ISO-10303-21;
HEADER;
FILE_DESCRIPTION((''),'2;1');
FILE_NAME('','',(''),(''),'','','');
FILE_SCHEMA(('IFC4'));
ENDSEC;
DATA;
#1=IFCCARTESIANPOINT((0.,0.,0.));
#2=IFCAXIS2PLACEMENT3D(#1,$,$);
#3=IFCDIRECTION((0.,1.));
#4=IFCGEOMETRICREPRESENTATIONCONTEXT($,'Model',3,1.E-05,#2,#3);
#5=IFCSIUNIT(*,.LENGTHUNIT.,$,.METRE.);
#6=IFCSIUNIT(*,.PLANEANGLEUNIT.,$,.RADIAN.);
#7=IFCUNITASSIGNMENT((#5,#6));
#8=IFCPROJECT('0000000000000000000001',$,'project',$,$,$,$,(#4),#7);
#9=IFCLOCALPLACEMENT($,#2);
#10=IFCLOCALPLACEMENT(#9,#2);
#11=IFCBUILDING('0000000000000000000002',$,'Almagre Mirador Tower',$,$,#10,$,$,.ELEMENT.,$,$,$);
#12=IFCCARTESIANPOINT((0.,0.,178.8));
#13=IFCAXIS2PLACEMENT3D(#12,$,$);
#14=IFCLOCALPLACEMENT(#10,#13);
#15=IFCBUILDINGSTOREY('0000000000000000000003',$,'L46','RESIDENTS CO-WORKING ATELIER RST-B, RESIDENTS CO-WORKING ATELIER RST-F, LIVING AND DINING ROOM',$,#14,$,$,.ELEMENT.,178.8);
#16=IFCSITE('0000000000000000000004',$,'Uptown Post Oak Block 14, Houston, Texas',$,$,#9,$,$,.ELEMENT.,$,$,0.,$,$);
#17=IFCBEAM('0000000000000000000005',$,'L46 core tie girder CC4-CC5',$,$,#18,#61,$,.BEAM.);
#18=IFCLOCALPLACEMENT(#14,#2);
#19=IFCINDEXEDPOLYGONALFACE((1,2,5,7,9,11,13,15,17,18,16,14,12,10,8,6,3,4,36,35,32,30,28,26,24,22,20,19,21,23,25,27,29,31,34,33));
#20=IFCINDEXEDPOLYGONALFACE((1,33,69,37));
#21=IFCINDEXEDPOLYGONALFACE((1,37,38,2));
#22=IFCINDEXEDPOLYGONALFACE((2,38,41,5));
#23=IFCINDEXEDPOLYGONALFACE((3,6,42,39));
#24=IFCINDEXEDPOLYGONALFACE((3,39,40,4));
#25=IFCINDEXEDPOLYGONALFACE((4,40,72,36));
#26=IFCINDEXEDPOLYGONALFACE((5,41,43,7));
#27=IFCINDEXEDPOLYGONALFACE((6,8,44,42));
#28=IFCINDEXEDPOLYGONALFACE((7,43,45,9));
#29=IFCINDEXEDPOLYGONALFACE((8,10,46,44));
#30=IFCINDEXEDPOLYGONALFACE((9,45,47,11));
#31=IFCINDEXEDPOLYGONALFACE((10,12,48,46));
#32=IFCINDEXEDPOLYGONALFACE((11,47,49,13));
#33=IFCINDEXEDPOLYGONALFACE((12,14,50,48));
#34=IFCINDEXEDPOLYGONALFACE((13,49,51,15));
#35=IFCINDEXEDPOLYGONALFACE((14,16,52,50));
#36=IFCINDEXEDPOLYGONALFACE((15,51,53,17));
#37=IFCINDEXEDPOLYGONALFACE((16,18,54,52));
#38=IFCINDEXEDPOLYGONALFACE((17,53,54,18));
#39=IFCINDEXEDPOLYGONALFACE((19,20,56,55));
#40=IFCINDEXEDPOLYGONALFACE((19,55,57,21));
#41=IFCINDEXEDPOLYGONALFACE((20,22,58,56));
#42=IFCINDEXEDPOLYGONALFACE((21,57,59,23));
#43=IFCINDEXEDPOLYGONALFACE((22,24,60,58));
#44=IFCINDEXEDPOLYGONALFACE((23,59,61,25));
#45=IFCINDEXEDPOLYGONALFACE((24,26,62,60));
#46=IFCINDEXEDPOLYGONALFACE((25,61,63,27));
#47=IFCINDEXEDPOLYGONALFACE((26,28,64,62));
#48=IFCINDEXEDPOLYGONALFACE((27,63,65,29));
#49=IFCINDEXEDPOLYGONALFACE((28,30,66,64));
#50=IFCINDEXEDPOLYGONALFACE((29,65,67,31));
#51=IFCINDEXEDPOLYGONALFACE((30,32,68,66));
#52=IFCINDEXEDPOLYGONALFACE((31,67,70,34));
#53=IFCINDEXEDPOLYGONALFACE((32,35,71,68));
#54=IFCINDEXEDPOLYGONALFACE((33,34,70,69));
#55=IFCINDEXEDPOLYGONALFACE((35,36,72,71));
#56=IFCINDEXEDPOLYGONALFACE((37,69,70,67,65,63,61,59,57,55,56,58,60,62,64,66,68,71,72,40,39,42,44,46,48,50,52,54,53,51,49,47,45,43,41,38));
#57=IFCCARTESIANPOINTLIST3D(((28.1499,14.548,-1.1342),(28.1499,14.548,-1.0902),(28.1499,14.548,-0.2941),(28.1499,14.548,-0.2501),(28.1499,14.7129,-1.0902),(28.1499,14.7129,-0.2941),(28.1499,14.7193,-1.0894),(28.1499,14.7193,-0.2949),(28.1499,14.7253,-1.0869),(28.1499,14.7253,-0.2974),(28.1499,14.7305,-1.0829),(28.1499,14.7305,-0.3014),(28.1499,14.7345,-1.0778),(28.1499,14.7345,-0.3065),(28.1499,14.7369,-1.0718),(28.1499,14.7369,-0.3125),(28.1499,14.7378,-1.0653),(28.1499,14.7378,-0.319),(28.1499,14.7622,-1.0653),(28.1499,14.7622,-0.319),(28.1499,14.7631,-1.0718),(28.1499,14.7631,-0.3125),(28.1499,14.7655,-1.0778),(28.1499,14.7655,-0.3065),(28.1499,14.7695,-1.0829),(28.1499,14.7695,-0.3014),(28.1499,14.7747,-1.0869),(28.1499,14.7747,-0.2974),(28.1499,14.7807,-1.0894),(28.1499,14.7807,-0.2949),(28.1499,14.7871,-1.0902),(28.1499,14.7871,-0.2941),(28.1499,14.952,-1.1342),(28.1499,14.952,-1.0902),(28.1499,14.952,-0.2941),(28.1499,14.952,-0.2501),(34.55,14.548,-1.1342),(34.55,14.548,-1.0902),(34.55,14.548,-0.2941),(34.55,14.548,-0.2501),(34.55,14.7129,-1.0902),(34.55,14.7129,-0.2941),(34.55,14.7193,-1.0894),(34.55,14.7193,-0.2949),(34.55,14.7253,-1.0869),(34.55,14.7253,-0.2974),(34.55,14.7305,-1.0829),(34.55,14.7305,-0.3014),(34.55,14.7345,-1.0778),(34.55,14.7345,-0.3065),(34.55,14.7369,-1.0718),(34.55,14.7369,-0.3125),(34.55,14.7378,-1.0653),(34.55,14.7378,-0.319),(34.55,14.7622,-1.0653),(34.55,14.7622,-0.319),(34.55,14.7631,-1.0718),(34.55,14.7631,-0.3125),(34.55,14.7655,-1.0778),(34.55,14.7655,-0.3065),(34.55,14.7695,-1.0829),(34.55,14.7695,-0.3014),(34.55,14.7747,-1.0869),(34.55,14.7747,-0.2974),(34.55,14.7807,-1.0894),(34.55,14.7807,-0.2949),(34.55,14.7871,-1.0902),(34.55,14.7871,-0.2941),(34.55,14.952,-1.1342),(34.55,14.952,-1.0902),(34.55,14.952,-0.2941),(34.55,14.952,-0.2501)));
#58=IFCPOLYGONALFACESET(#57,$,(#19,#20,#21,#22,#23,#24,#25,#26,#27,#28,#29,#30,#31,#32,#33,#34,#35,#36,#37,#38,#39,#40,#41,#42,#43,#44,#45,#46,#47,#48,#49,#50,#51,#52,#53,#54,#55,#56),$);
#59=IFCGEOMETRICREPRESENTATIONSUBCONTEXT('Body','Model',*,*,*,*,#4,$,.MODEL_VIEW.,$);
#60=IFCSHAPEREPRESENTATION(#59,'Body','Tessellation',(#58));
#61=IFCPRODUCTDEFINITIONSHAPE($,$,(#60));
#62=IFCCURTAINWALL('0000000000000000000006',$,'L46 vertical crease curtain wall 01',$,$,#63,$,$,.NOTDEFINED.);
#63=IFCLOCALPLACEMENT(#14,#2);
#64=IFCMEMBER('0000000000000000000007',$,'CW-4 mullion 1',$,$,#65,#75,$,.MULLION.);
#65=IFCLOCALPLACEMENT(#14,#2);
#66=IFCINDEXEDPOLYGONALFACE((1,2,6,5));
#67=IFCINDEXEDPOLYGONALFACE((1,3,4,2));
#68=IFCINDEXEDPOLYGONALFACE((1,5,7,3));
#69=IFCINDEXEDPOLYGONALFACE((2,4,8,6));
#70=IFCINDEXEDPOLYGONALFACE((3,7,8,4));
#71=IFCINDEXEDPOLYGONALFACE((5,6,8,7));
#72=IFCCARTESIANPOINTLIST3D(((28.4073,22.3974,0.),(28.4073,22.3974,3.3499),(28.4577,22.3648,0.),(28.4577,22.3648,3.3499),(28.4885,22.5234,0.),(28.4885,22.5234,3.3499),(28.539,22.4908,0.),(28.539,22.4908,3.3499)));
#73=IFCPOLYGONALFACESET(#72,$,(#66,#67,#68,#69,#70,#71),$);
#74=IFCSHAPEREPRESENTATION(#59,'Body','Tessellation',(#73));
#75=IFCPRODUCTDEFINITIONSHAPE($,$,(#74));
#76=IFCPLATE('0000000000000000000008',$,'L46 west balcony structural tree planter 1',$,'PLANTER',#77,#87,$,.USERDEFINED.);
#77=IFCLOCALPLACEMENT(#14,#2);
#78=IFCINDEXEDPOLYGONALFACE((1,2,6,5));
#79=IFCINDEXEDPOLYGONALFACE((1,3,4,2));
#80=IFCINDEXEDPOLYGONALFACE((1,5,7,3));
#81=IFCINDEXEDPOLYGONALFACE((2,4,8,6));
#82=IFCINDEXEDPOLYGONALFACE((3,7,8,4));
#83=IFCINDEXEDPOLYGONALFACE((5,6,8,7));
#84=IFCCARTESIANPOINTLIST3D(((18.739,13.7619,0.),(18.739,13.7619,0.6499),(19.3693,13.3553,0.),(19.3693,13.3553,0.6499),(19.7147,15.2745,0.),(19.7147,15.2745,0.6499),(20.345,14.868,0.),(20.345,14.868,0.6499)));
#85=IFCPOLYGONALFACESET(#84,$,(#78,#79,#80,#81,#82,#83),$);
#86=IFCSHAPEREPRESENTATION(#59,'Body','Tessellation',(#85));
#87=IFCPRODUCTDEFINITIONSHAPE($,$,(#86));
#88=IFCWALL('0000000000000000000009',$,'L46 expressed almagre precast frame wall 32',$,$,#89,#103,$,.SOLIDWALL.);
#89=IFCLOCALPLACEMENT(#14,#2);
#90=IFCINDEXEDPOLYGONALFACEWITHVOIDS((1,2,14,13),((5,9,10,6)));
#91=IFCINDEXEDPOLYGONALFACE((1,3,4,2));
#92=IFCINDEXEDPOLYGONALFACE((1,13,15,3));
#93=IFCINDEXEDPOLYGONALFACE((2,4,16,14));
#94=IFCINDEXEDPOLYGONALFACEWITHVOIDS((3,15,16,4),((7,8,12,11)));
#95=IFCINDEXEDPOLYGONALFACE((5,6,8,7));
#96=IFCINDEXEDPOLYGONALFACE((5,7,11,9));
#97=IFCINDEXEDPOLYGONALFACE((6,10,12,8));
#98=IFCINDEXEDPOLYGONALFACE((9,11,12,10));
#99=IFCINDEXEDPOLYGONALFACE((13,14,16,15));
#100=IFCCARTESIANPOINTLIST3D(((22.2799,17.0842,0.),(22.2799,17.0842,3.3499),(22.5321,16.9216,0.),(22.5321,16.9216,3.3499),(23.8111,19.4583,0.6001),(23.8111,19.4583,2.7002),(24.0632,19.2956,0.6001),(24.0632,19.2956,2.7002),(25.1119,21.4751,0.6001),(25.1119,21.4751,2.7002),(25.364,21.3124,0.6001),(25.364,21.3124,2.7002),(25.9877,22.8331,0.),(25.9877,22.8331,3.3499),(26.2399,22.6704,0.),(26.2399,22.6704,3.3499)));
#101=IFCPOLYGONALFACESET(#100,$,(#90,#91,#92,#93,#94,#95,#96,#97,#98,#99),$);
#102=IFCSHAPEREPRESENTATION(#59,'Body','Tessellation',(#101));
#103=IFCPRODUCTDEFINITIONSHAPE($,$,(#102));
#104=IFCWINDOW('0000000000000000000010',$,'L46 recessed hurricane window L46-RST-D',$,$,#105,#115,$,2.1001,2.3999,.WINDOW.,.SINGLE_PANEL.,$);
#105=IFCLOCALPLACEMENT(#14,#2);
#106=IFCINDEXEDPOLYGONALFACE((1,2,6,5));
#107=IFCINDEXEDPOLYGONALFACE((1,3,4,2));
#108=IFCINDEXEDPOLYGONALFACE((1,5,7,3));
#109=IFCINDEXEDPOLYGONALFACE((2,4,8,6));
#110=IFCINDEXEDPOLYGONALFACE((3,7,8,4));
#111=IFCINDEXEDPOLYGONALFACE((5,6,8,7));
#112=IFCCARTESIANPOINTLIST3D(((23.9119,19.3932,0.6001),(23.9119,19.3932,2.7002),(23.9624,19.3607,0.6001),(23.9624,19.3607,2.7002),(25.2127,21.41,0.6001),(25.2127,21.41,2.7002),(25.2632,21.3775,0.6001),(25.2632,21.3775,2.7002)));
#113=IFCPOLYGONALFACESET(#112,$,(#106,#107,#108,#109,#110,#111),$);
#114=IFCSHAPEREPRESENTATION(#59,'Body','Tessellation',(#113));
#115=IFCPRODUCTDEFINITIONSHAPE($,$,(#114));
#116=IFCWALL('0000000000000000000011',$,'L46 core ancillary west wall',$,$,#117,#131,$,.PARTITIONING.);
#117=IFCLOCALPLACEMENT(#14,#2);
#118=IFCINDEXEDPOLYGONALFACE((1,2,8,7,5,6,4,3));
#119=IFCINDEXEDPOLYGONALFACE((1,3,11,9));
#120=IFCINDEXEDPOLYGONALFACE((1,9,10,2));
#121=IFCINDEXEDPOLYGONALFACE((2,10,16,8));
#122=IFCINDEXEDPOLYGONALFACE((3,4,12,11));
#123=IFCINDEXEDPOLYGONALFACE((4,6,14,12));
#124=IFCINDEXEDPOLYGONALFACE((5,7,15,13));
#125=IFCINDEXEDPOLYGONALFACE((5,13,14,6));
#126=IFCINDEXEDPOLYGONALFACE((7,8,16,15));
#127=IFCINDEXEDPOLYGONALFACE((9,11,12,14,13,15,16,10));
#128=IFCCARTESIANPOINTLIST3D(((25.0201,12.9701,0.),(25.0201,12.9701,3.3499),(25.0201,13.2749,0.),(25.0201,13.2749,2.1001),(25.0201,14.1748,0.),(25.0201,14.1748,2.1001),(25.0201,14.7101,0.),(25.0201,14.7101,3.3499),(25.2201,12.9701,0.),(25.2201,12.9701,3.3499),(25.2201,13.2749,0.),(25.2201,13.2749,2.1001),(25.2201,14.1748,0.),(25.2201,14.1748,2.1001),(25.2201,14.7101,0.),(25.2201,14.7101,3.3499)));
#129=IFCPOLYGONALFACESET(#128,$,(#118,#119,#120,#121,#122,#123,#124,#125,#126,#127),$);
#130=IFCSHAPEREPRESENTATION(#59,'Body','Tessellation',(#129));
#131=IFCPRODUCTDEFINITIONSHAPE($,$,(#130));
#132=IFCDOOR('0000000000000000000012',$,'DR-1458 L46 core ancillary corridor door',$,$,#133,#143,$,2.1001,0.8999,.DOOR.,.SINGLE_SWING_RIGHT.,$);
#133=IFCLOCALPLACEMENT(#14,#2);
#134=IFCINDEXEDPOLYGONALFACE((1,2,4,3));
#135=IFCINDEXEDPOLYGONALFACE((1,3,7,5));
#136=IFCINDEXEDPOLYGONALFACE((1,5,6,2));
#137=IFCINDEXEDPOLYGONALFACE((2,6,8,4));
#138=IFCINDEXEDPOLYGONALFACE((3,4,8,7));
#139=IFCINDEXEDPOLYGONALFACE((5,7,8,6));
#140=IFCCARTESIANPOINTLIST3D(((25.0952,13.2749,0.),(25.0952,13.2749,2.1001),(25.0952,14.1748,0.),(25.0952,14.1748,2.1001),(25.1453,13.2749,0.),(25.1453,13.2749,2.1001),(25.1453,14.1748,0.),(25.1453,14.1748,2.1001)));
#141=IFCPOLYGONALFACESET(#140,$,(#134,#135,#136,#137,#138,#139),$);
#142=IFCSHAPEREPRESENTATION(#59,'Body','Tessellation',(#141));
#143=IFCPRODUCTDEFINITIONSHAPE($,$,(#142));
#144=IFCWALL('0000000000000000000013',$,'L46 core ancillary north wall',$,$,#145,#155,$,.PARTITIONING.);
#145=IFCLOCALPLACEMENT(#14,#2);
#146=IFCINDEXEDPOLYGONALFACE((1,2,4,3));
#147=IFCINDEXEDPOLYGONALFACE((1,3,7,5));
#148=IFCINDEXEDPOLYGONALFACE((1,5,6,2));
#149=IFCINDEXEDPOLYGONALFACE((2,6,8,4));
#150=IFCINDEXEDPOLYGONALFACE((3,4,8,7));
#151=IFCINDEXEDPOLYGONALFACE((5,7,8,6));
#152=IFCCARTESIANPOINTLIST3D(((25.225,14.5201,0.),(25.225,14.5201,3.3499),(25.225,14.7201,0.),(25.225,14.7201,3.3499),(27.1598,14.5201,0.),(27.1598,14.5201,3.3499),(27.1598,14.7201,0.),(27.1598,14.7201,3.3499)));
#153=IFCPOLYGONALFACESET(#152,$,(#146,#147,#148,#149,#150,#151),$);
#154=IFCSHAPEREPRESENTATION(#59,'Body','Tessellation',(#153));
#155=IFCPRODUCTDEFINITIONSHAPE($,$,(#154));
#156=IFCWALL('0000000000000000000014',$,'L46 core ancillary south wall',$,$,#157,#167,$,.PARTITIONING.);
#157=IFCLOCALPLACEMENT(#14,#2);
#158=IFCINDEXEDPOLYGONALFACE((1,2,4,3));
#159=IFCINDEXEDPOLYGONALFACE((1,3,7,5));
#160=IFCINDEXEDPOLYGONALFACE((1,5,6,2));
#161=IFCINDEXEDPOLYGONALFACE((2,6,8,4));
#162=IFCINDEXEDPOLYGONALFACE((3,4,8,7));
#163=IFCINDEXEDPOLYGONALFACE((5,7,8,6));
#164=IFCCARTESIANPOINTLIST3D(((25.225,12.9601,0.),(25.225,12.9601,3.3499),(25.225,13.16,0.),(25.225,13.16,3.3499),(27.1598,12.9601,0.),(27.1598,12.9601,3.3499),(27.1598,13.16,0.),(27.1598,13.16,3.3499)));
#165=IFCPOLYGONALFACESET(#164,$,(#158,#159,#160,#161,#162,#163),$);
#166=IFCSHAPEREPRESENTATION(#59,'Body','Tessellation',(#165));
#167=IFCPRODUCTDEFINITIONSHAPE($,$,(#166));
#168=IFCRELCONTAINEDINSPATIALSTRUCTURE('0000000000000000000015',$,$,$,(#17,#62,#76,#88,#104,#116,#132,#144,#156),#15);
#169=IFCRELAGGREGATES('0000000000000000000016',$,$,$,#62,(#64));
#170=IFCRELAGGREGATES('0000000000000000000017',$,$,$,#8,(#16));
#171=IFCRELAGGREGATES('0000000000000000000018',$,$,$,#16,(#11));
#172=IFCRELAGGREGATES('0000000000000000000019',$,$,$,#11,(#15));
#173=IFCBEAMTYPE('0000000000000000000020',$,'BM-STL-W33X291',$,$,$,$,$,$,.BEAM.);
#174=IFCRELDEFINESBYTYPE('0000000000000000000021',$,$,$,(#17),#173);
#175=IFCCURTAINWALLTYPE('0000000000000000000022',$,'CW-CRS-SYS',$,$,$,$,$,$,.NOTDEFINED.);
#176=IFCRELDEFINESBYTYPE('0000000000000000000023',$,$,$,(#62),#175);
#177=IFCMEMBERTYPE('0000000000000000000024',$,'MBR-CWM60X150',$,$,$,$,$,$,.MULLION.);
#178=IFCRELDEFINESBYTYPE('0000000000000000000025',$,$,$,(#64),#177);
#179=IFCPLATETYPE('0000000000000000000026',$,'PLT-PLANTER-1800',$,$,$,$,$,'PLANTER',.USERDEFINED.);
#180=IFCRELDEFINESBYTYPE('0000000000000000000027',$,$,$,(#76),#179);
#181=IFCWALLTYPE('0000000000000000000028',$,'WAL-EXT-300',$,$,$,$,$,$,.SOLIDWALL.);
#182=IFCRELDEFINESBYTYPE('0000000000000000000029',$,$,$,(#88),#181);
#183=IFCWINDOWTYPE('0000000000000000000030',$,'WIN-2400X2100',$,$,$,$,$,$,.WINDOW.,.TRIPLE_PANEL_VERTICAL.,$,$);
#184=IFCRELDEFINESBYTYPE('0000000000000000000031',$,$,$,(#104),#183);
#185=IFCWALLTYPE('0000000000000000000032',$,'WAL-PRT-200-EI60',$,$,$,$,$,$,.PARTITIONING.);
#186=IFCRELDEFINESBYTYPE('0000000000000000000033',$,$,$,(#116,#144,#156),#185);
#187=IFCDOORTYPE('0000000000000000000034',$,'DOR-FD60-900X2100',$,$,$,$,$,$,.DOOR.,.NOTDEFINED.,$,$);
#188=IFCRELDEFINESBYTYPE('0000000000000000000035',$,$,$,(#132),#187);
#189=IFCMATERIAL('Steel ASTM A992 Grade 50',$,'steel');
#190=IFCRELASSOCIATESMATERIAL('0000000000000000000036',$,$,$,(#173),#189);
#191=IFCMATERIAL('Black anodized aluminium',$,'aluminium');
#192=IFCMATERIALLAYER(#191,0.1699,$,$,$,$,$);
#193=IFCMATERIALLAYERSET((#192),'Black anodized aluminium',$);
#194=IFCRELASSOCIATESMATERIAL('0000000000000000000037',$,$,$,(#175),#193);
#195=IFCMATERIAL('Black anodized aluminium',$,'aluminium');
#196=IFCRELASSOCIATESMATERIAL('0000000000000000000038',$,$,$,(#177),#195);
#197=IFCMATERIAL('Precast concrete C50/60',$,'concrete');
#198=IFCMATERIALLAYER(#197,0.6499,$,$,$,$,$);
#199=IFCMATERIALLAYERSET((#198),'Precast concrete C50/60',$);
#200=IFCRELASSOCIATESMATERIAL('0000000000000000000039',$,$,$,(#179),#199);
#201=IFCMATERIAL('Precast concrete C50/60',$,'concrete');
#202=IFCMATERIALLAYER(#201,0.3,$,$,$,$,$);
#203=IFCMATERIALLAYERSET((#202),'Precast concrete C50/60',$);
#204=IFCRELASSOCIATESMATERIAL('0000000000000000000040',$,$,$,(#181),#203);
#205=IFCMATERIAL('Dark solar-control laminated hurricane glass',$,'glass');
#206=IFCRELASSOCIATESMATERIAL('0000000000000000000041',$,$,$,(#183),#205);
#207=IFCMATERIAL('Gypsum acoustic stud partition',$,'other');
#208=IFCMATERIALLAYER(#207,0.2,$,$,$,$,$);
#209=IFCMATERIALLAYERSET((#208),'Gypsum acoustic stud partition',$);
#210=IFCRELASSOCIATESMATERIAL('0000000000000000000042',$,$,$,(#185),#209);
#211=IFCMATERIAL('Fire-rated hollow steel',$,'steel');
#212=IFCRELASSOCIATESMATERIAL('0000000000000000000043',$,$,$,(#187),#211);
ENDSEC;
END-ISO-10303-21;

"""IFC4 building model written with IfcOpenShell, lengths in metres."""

from ifc_helpers import new_model, si_unit, direction, frame, frame_2d, origin, origin_2d, place, context, subcontext, project, spatial, rectangle, i_section, extrude, material, layer, layer_set, material_profile, profile_set, type_object, element, fill, aggregate, save


model = new_model("IFC4")

# Units and contexts
model_context = context("Model", 3, precision=1e-05, world=origin(), true_north=direction((0.0, 1.0)))
body_context = subcontext(model_context, "Body", "Model", "MODEL_VIEW")
ifc_project = project(units=[si_unit("LENGTHUNIT", "METRE"), si_unit("PLANEANGLEUNIT", "RADIAN")], contexts=[model_context])

# Site, building, storey
site_placement = place(None, origin())
site = spatial("IfcSite", under=ifc_project, at=site_placement, Name="Uptown Post Oak Block 14, Houston, Texas", CompositionType="ELEMENT", RefElevation=0.0)
building_placement = place(site_placement, origin())
building = spatial("IfcBuilding", under=site, at=building_placement, Name="Almagre Mirador Tower", CompositionType="ELEMENT")
storey_placement = place(building_placement, frame((0.0, 0.0, 178.8)))
storey = spatial("IfcBuildingStorey", under=building, at=storey_placement, Name="L46", Description="RESIDENTS CO-WORKING ATELIER RST-B, RESIDENTS CO-WORKING ATELIER RST-F, LIVING AND DINING ROOM", CompositionType="ELEMENT", Elevation=178.8)

# Beam
ifc_material_1 = material(Name="Steel ASTM A992 Grade 50", Category="steel")
ifc_material_profile_1 = material_profile(ifc_material_1, i_section(OverallWidth=0.4041, OverallDepth=0.884, WebThickness=0.0244, FlangeThickness=0.0439, FilletRadius=0.0249, at=origin_2d()), Name="W33X291")
ifc_profile_set_1 = profile_set([ifc_material_profile_1], Name="Steel ASTM A992 Grade 50")
beam_type_1 = type_object("IfcBeamType", Name="BM-STL-W33X291", PredefinedType="BEAM", material=ifc_profile_set_1)
beam_1_placement = place(storey_placement, frame((28.1499, 14.75, -0.6921), z_axis=(1.0, 0.0, 0.0), x_axis=(0.0, 1.0, 0.0)))
element("IfcBeam", 1, at=beam_1_placement, inside=storey, type_object=beam_type_1, Name="L46 core tie girder CC4-CC5", PredefinedType="BEAM", context=body_context, shape_type="SweptSolid", body=[
    extrude(i_section(OverallWidth=0.4041, OverallDepth=0.884, WebThickness=0.0244, FlangeThickness=0.0439, FilletRadius=0.0249, at=origin_2d()), origin(), (0.0, 0.0, 1.0), 6.4001),
])

# Curtain wall, member
ifc_material_2 = material(Name="Black anodized aluminium", Category="aluminium")
ifc_layer_1 = layer(ifc_material_2, 0.1699)
ifc_layer_set_1 = layer_set([ifc_layer_1], Name="Black anodized aluminium")
curtain_wall_type = type_object("IfcCurtainWallType", Name="CW-CRS-SYS", PredefinedType="NOTDEFINED", material=ifc_layer_set_1)
curtain_wall_placement = place(storey_placement, origin())
curtain_wall = element("IfcCurtainWall", 2, at=curtain_wall_placement, inside=storey, type_object=curtain_wall_type, Name="L46 vertical crease curtain wall 01", PredefinedType="NOTDEFINED")
ifc_material_3 = material(Name="Black anodized aluminium", Category="aluminium")
ifc_material_profile_2 = material_profile(ifc_material_3, rectangle(XDim=0.0601, YDim=0.1499, at=origin_2d()), Name="CWM60X150")
ifc_profile_set_2 = profile_set([ifc_material_profile_2], Name="Black anodized aluminium")
member_type = type_object("IfcMemberType", Name="MBR-CWM60X150", PredefinedType="MULLION", material=ifc_profile_set_2)
member_placement = place(storey_placement, frame((28.4731, 22.4441, 0.0), z_axis=(0.0, 0.0, 1.0), x_axis=(-0.840276, 0.54216, 0.0)))
member = element("IfcMember", 3, at=member_placement, type_object=member_type, Name="CW-4 mullion 1", PredefinedType="MULLION", context=body_context, shape_type="SweptSolid", body=[
    extrude(rectangle(XDim=0.0601, YDim=0.1499, at=origin_2d()), origin(), (0.0, 0.0, 1.0), 3.3499),
])
aggregate(curtain_wall, [member])

# Plate
ifc_material_4 = material(Name="Precast concrete C50/60", Category="concrete")
ifc_layer_2 = layer(ifc_material_4, 0.6499)
ifc_layer_set_2 = layer_set([ifc_layer_2], Name="Precast concrete C50/60")
plate_type = type_object("IfcPlateType", Name="PLT-PLANTER-1800", ElementType="PLANTER", PredefinedType="USERDEFINED", material=ifc_layer_set_2)
plate_placement = place(storey_placement, frame((19.542, 14.3149, 0.0), z_axis=(0.0, 0.0, 1.0), x_axis=(-0.542031, -0.840359, 0.0)))
element("IfcPlate", 4, at=plate_placement, inside=storey, type_object=plate_type, Name="L46 west balcony structural tree planter 1", ObjectType="PLANTER", PredefinedType="USERDEFINED", context=body_context, shape_type="SweptSolid", body=[
    extrude(rectangle(XDim=1.8, YDim=0.75, at=origin_2d()), origin(), (0.0, 0.0, 1.0), 0.6499),
])

# Wall, opening, window
ifc_material_5 = material(Name="Precast concrete C50/60", Category="concrete")
ifc_layer_3 = layer(ifc_material_5, 0.3)
ifc_layer_set_3 = layer_set([ifc_layer_3], Name="Precast concrete C50/60")
wall_type_1 = type_object("IfcWallType", Name="WAL-EXT-300", PredefinedType="SOLIDWALL", material=ifc_layer_set_3)
wall_1_placement = place(storey_placement, frame((22.406, 17.0029, 0.0), z_axis=(0.0, 0.0, 1.0), x_axis=(0.542011, 0.840372, 0.0)))
wall_1 = element("IfcWall", 5, at=wall_1_placement, inside=storey, type_object=wall_type_1, Name="L46 expressed almagre precast frame wall 32", PredefinedType="SOLIDWALL", context=body_context, shape_type="SweptSolid", body=[
    extrude(rectangle(XDim=6.8408, YDim=0.3, at=frame_2d((3.4204, 0.0))), origin(), (0.0, 0.0, 1.0), 3.3499),
])
opening_1_placement = place(wall_1_placement, frame((2.825, 0.0, 0.6001)))
opening_1 = element("IfcOpeningElement", 6, at=opening_1_placement, cuts=wall_1, PredefinedType="OPENING", context=body_context, shape_type="SweptSolid", body=[
    extrude(rectangle(XDim=2.3999, YDim=2.1001, at=frame_2d((1.2, 1.05))), frame((0.0, 0.1599, 0.0), z_axis=(0.0, -1.0, 0.0), x_axis=(1.0, 0.0, 0.0)), (0.0, 0.0, 1.0), 0.32),
])
ifc_material_6 = material(Name="Dark solar-control laminated hurricane glass", Category="glass")
window_type = type_object("IfcWindowType", Name="WIN-2400X2100", PartitioningType="TRIPLE_PANEL_VERTICAL", PredefinedType="WINDOW", material=ifc_material_6)
window_placement = place(opening_1_placement, origin())
window = element("IfcWindow", 7, at=window_placement, inside=storey, type_object=window_type, Name="L46 recessed hurricane window L46-RST-D", OverallHeight=2.1001, OverallWidth=2.3999, PartitioningType="SINGLE_PANEL", PredefinedType="WINDOW", context=body_context, shape_type="SweptSolid", body=[
    extrude(rectangle(XDim=2.3999, YDim=2.1001, at=frame_2d((1.2, 1.05))), frame((0.0, 0.03, 0.0), z_axis=(0.0, -1.0, 0.0), x_axis=(1.0, 0.0, 0.0)), (0.0, 0.0, 1.0), 0.0601),
])
fill(opening_1, window)

# Wall, opening, door
ifc_material_7 = material(Name="Gypsum acoustic stud partition", Category="other")
ifc_layer_4 = layer(ifc_material_7, 0.2)
ifc_layer_set_4 = layer_set([ifc_layer_4], Name="Gypsum acoustic stud partition")
wall_type_2 = type_object("IfcWallType", Name="WAL-PRT-200-EI60", PredefinedType="PARTITIONING", material=ifc_layer_set_4)
wall_2_placement = place(storey_placement, frame((25.1201, 12.97, 0.0), z_axis=(0.0, 0.0, 1.0), x_axis=(0.0, 1.0, 0.0)))
wall_2 = element("IfcWall", 8, at=wall_2_placement, inside=storey, type_object=wall_type_2, Name="L46 core ancillary west wall", PredefinedType="PARTITIONING", context=body_context, shape_type="SweptSolid", body=[
    extrude(rectangle(XDim=1.74, YDim=0.2, at=frame_2d((0.8701, 0.0))), origin(), (0.0, 0.0, 1.0), 3.3499),
])
opening_2_placement = place(wall_2_placement, frame((0.3049, 0.0, 0.0)))
opening_2 = element("IfcOpeningElement", 9, at=opening_2_placement, cuts=wall_2, PredefinedType="OPENING", context=body_context, shape_type="SweptSolid", body=[
    extrude(rectangle(XDim=0.8999, YDim=2.1001, at=frame_2d((0.45, 1.05))), frame((0.0, 0.1101, 0.0), z_axis=(0.0, -1.0, 0.0), x_axis=(1.0, 0.0, 0.0)), (0.0, 0.0, 1.0), 0.22),
])
ifc_material_8 = material(Name="Fire-rated hollow steel", Category="steel")
door_type_1 = type_object("IfcDoorType", Name="DOR-FD60-900X2100", OperationType="NOTDEFINED", PredefinedType="DOOR", material=ifc_material_8)
door_1_placement = place(opening_2_placement, origin())
door_1 = element("IfcDoor", 10, at=door_1_placement, inside=storey, type_object=door_type_1, Name="DR-1458 L46 core ancillary corridor door", OperationType="SINGLE_SWING_RIGHT", OverallHeight=2.1001, OverallWidth=0.8999, PredefinedType="DOOR", context=body_context, shape_type="SweptSolid", body=[
    extrude(rectangle(XDim=0.8999, YDim=2.1001, at=frame_2d((0.45, 1.05))), frame((0.0, 0.0249, 0.0), z_axis=(0.0, -1.0, 0.0), x_axis=(1.0, 0.0, 0.0)), (0.0, 0.0, 1.0), 0.05),
])
fill(opening_2, door_1)

# Walls
for number, where, z_axis, x_axis, name in (
    (11, (25.2251, 14.6201, 0.0), (0.0, 0.0, 1.0), (1.0, 0.0, 0.0), "L46 core ancillary north wall"),
    (12, (25.2251, 13.0601, 0.0), (0.0, 0.0, 1.0), (1.0, 0.0, 0.0), "L46 core ancillary south wall"),
):
    element("IfcWall", number, at=place(storey_placement, frame(where, z_axis=z_axis, x_axis=x_axis)), inside=storey, type_object=wall_type_2, Name=name, PredefinedType="PARTITIONING", context=body_context, shape_type="SweptSolid", body=[
        extrude(rectangle(XDim=1.9348, YDim=0.2, at=frame_2d((0.9673, 0.0))), origin(), (0.0, 0.0, 1.0), 3.3499),
    ])

save(model, "model.ifc")
